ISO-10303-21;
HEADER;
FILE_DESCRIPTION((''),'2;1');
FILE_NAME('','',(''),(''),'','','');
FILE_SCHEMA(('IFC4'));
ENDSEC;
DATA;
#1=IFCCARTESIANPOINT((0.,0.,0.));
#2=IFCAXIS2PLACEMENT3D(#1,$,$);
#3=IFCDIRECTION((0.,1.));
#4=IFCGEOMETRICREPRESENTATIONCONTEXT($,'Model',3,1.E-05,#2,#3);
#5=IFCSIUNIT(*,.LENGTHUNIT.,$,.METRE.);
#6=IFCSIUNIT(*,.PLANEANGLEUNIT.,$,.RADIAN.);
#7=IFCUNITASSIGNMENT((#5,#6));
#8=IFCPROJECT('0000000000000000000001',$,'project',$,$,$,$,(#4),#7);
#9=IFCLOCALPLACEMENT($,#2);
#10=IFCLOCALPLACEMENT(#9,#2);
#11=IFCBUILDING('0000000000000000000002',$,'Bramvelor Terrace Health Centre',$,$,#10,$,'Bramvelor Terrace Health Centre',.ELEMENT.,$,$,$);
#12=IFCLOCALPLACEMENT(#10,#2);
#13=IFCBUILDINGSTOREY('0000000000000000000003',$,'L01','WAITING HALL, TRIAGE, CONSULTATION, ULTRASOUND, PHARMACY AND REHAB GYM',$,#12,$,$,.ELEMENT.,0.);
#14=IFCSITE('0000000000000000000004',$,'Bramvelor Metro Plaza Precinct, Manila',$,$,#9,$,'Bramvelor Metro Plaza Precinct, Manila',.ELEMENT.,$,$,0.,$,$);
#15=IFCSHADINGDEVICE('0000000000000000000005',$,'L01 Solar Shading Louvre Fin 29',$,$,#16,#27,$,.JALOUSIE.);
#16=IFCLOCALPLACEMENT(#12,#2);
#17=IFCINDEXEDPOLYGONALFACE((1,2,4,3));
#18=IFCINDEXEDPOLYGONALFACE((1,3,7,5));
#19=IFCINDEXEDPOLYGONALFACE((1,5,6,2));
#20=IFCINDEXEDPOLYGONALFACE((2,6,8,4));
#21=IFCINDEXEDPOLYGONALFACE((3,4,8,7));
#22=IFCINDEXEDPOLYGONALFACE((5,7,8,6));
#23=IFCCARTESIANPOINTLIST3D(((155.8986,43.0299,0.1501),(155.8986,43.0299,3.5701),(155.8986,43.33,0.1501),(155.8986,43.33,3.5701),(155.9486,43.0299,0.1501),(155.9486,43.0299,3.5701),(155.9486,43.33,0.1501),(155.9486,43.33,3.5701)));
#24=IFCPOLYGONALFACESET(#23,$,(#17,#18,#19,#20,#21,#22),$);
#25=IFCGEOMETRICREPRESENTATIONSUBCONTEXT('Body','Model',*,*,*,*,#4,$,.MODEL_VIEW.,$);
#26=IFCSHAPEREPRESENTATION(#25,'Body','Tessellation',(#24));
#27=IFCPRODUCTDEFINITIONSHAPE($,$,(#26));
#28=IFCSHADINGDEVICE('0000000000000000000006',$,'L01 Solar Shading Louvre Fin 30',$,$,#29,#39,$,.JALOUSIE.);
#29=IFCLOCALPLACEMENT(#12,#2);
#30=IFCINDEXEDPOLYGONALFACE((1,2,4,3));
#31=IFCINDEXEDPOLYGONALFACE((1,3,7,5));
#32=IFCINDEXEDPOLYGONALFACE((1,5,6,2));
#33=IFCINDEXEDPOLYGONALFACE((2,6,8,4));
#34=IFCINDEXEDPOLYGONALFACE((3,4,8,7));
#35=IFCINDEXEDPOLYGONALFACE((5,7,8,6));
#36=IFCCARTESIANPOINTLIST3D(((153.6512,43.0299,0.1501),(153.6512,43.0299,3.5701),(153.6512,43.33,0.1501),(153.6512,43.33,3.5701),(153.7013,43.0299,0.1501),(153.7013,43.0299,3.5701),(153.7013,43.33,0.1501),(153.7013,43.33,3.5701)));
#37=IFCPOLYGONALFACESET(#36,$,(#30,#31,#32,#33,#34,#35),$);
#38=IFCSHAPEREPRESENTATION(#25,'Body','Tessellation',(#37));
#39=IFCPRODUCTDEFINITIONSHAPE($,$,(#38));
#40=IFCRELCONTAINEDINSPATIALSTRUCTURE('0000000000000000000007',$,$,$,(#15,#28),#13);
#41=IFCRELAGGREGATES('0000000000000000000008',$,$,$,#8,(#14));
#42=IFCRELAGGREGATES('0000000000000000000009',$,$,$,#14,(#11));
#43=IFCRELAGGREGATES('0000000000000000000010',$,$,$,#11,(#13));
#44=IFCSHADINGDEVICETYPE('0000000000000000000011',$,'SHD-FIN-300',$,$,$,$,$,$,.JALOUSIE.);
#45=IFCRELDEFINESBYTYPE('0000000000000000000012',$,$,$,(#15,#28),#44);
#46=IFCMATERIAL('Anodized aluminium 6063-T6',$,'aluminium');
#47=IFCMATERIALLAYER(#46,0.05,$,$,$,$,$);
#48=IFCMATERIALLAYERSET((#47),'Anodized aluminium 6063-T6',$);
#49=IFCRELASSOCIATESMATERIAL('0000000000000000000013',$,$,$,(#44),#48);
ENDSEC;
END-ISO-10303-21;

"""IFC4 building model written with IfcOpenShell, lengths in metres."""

from ifc_helpers import new_model, si_unit, direction, frame, origin, origin_2d, place, context, subcontext, project, spatial, rectangle, extrude, material, layer, layer_set, type_object, element, save


model = new_model("IFC4")

# Units and contexts
model_context = context("Model", 3, precision=1e-05, world=origin(), true_north=direction((0.0, 1.0)))
body_context = subcontext(model_context, "Body", "Model", "MODEL_VIEW")
ifc_project = project(units=[si_unit("LENGTHUNIT", "METRE"), si_unit("PLANEANGLEUNIT", "RADIAN")], contexts=[model_context])

# Site, building, storey
site_placement = place(None, origin())
site = spatial("IfcSite", under=ifc_project, at=site_placement, Name="Bramvelor Metro Plaza Precinct, Manila", LongName="Bramvelor Metro Plaza Precinct, Manila", CompositionType="ELEMENT", RefElevation=0.0)
building_placement = place(site_placement, origin())
building = spatial("IfcBuilding", under=site, at=building_placement, Name="Bramvelor Terrace Health Centre", LongName="Bramvelor Terrace Health Centre", CompositionType="ELEMENT")
storey_placement = place(building_placement, origin())
storey = spatial("IfcBuildingStorey", under=building, at=storey_placement, Name="L01", Description="WAITING HALL, TRIAGE, CONSULTATION, ULTRASOUND, PHARMACY AND REHAB GYM", CompositionType="ELEMENT", Elevation=0.0)

# Shading devices
ifc_material_1 = material(Name="Anodized aluminium 6063-T6", Category="aluminium")
ifc_layer_1 = layer(ifc_material_1, 0.05)
ifc_layer_set_1 = layer_set([ifc_layer_1], Name="Anodized aluminium 6063-T6")
shading_device_type = type_object("IfcShadingDeviceType", Name="SHD-FIN-300", PredefinedType="JALOUSIE", material=ifc_layer_set_1)
for number, where, z_axis, x_axis, name in (
    (1, (155.9236, 43.1799, 0.1501), (0.0, 0.0, 1.0), (1.0, 0.0, 0.0), "L01 Solar Shading Louvre Fin 29"),
    (2, (153.6763, 43.1799, 0.1501), (0.0, 0.0, 1.0), (1.0, 0.0, 0.0), "L01 Solar Shading Louvre Fin 30"),
):
    element("IfcShadingDevice", number, at=place(storey_placement, frame(where, z_axis=z_axis, x_axis=x_axis)), inside=storey, type_object=shading_device_type, Name=name, PredefinedType="JALOUSIE", context=body_context, shape_type="SweptSolid", body=[
        extrude(rectangle(XDim=0.05, YDim=0.3, at=origin_2d()), origin(), (0.0, 0.0, 1.0), 3.4199),
    ])

save(model, "model.ifc")
